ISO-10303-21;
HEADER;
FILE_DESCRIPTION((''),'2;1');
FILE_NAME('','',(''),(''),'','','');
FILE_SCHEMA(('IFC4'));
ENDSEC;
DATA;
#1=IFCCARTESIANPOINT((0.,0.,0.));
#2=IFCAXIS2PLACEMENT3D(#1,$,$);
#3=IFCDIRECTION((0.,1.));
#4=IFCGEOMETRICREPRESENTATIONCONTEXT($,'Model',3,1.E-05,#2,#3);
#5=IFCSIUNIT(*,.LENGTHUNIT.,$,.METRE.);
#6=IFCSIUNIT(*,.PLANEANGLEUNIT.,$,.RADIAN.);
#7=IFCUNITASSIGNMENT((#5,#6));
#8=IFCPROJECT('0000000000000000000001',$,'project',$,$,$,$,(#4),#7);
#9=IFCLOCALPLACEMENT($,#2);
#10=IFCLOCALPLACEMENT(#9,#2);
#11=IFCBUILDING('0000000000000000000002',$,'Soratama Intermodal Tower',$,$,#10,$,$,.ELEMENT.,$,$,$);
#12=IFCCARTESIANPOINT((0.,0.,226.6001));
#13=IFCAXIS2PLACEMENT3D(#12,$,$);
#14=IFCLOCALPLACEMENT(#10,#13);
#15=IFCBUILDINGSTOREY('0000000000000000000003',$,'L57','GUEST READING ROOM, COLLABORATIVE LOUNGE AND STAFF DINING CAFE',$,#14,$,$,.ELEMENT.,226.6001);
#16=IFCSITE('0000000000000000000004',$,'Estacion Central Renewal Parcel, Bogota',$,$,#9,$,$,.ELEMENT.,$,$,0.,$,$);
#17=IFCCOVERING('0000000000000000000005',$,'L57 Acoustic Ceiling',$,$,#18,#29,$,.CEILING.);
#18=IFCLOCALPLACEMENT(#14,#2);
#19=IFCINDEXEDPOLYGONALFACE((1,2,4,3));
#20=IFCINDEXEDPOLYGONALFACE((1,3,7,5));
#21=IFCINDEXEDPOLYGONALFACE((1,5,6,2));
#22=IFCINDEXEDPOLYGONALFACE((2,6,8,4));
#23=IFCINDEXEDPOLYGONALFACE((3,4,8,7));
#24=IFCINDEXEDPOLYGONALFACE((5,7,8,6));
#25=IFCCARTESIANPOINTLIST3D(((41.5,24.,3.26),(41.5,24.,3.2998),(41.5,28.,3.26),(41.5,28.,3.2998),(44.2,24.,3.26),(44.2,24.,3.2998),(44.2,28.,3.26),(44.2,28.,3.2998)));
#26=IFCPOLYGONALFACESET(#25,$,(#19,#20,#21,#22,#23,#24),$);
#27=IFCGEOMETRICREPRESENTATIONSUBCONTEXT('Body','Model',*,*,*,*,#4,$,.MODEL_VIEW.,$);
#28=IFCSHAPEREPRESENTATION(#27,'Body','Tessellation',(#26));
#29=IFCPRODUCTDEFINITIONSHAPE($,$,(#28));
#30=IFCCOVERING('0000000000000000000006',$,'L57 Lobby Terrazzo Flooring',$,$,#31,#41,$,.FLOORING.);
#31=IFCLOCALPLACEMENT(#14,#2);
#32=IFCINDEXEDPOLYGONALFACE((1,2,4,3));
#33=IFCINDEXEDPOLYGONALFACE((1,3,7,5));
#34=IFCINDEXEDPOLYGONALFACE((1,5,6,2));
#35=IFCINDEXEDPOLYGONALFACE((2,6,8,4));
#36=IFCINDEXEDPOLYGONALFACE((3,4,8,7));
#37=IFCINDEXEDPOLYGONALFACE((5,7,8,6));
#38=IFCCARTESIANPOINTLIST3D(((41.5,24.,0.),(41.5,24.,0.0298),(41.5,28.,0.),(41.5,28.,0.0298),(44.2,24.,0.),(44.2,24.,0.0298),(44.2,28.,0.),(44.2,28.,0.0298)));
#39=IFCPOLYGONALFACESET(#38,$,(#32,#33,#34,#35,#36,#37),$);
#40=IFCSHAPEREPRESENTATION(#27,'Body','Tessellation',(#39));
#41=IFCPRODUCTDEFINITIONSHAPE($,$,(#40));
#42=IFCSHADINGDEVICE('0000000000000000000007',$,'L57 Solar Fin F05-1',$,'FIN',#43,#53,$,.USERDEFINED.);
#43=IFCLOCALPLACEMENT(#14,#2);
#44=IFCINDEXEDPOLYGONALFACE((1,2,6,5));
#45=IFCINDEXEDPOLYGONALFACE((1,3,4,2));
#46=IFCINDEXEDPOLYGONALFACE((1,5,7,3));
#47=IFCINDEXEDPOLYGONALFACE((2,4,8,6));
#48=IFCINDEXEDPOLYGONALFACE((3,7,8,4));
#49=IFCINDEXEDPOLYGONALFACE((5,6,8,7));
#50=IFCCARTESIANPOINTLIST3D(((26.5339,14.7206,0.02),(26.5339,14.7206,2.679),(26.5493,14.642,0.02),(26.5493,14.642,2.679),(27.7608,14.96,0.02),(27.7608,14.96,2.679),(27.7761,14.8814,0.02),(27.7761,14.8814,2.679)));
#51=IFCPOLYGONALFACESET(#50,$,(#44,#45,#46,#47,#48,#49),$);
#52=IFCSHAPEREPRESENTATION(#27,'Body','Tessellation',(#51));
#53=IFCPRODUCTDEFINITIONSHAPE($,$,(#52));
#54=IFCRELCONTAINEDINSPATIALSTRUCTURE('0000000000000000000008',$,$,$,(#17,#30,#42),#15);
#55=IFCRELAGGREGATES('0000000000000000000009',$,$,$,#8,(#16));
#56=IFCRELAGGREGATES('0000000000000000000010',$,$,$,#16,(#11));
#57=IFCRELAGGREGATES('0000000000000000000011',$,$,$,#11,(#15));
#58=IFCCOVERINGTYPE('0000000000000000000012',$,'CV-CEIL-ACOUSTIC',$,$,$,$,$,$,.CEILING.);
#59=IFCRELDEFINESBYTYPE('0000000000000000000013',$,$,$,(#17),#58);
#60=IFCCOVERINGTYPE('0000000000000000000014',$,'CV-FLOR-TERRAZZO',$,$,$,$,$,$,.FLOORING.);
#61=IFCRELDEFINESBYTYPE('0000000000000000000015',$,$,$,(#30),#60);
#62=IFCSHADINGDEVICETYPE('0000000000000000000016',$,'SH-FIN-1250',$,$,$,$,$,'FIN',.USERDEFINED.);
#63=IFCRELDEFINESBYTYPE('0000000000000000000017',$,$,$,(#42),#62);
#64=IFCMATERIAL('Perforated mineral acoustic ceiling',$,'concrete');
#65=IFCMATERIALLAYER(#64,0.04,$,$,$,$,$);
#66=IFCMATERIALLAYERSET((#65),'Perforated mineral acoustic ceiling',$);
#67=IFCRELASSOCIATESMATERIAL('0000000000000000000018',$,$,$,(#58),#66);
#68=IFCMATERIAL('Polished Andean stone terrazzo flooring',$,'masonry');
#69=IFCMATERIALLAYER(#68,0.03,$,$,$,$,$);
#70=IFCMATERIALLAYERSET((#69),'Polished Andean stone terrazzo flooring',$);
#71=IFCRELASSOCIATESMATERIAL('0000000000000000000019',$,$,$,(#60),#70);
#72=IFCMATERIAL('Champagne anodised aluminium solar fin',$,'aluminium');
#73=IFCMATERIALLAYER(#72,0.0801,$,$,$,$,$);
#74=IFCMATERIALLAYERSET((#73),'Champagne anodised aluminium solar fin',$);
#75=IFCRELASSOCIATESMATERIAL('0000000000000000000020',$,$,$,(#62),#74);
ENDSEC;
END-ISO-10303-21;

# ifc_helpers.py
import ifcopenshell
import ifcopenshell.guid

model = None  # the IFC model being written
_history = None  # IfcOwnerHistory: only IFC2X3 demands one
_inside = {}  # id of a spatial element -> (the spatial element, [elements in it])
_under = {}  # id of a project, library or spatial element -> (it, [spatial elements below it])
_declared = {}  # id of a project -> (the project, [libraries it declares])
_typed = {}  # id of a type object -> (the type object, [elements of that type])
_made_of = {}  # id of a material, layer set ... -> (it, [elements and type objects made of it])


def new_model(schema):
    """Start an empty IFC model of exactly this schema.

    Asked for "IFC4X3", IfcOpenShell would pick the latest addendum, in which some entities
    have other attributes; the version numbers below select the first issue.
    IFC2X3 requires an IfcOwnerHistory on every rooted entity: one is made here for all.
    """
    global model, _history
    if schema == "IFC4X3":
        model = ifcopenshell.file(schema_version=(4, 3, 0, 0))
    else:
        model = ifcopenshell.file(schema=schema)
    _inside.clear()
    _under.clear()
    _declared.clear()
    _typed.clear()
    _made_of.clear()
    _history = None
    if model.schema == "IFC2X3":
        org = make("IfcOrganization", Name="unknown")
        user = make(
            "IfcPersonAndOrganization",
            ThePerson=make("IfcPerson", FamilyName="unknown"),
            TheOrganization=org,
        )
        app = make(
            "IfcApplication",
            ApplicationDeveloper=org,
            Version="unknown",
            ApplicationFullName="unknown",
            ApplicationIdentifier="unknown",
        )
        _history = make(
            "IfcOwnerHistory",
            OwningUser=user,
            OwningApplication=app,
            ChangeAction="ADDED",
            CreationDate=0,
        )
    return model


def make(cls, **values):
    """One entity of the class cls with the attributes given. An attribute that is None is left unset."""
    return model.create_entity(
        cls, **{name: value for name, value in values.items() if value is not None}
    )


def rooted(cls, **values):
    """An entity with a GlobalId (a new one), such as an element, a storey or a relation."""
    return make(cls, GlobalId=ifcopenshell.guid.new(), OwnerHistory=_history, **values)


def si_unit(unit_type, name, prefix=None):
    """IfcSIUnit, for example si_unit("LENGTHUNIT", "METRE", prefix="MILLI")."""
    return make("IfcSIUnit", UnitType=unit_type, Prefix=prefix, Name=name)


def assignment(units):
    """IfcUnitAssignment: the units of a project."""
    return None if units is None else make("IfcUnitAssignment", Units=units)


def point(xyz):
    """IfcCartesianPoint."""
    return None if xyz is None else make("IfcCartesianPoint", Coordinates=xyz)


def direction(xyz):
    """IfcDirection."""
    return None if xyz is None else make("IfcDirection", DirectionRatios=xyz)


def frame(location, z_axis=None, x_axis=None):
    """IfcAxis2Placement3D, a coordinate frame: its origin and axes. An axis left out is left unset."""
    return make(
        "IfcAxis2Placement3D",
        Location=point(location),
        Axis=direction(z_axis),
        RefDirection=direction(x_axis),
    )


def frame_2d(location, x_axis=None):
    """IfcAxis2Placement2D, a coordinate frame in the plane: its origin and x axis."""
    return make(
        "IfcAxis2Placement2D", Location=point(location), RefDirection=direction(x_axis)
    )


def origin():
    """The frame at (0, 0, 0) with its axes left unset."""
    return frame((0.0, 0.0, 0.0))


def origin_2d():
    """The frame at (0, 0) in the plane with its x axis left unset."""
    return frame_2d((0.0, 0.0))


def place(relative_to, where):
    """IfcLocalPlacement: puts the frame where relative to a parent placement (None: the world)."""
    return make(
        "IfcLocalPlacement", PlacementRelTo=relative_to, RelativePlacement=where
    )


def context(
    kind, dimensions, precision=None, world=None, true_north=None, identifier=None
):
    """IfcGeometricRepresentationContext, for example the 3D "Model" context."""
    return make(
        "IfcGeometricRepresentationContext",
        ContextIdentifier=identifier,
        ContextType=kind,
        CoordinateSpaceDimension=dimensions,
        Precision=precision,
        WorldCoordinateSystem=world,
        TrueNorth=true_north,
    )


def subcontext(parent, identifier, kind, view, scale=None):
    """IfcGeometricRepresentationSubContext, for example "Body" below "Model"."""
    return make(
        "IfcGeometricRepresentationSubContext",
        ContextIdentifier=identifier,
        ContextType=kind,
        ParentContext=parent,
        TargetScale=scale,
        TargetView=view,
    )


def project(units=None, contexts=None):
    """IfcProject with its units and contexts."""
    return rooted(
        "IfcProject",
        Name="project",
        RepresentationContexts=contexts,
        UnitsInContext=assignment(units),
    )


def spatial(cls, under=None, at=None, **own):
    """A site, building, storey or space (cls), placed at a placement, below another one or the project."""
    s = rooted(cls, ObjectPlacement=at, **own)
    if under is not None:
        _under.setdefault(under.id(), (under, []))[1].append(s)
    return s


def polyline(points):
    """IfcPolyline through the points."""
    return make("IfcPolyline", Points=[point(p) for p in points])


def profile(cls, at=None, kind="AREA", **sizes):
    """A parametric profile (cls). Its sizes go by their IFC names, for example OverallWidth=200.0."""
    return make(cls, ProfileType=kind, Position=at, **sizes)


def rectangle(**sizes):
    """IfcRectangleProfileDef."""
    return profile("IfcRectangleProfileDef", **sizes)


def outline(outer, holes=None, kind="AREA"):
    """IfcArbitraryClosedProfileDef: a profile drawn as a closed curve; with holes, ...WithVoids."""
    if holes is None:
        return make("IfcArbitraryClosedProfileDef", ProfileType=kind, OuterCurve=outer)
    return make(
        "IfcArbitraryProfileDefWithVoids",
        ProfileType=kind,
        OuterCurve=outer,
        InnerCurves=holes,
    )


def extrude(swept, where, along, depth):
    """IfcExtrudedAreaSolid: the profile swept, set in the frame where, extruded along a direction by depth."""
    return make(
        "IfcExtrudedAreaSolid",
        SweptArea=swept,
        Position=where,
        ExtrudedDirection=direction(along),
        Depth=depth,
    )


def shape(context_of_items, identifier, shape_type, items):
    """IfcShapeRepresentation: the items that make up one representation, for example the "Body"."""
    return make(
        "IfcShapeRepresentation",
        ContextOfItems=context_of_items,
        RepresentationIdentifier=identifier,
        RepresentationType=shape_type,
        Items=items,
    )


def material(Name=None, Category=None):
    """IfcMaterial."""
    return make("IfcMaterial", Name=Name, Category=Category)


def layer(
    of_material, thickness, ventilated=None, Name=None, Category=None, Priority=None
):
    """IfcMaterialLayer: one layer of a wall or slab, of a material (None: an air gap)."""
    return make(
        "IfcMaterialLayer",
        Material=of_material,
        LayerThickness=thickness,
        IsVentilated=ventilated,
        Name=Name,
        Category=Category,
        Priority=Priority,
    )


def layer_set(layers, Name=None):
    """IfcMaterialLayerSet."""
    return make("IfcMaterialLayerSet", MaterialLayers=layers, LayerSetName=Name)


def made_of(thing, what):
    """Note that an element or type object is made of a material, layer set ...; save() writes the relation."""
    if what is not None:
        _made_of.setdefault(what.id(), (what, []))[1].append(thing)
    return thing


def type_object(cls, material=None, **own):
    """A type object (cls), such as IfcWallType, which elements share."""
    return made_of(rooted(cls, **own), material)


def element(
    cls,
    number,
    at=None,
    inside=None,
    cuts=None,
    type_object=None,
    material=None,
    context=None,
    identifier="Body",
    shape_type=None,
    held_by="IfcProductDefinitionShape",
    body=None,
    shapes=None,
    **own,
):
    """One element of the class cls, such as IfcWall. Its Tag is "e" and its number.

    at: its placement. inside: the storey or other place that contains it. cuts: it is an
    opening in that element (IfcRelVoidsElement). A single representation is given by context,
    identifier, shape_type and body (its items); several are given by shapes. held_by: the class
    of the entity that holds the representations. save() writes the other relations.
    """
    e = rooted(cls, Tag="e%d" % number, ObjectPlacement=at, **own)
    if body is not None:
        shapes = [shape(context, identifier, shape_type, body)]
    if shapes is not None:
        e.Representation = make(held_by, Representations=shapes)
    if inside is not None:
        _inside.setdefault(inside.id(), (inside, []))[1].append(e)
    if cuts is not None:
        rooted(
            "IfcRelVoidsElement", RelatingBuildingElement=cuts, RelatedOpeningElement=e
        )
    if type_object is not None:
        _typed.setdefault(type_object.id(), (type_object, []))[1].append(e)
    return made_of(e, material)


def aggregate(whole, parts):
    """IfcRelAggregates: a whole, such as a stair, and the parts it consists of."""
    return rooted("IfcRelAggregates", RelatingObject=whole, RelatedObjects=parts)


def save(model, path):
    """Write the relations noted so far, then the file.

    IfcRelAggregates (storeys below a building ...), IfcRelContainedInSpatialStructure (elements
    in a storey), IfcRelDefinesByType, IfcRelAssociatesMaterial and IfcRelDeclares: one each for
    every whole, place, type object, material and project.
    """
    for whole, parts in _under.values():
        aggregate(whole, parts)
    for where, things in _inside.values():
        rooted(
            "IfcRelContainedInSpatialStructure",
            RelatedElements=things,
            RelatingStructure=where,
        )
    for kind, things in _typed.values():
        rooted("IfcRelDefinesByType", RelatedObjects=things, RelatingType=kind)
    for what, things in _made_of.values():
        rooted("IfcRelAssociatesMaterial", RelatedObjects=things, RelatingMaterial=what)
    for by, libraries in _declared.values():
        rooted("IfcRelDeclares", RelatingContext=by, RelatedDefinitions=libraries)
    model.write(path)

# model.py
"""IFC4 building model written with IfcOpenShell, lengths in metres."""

from ifc_helpers import new_model, si_unit, direction, frame, origin, origin_2d, place, context, subcontext, project, spatial, polyline, rectangle, outline, extrude, material, layer, layer_set, type_object, element, save


model = new_model("IFC4")

# Units and contexts
model_context = context("Model", 3, precision=1e-05, world=origin(), true_north=direction((0.0, 1.0)))
body_context = subcontext(model_context, "Body", "Model", "MODEL_VIEW")
ifc_project = project(units=[si_unit("LENGTHUNIT", "METRE"), si_unit("PLANEANGLEUNIT", "RADIAN")], contexts=[model_context])

# Site, building, storey
site_placement = place(None, origin())
site = spatial("IfcSite", under=ifc_project, at=site_placement, Name="Estacion Central Renewal Parcel, Bogota", CompositionType="ELEMENT", RefElevation=0.0)
building_placement = place(site_placement, origin())
building = spatial("IfcBuilding", under=site, at=building_placement, Name="Soratama Intermodal Tower", CompositionType="ELEMENT")
storey_placement = place(building_placement, frame((0.0, 0.0, 226.6001)))
storey = spatial("IfcBuildingStorey", under=building, at=storey_placement, Name="L57", Description="GUEST READING ROOM, COLLABORATIVE LOUNGE AND STAFF DINING CAFE", CompositionType="ELEMENT", Elevation=226.6001)

# Coverings
ifc_material_1 = material(Name="Perforated mineral acoustic ceiling", Category="concrete")
ifc_layer_1 = layer(ifc_material_1, 0.04)
ifc_layer_set_1 = layer_set([ifc_layer_1], Name="Perforated mineral acoustic ceiling")
covering_type_1 = type_object("IfcCoveringType", Name="CV-CEIL-ACOUSTIC", PredefinedType="CEILING", material=ifc_layer_set_1)
covering_1_placement = place(storey_placement, frame((0.0, 0.0, 3.26)))
element("IfcCovering", 1, at=covering_1_placement, inside=storey, type_object=covering_type_1, Name="L57 Acoustic Ceiling", PredefinedType="CEILING", context=body_context, shape_type="SweptSolid", body=[
    extrude(outline(polyline([(41.5, 24.0), (44.2, 24.0), (44.2, 28.0), (41.5, 28.0), (41.5, 24.0)])), origin(), (0.0, 0.0, 1.0), 0.0398),
])
ifc_material_2 = material(Name="Polished Andean stone terrazzo flooring", Category="masonry")
ifc_layer_2 = layer(ifc_material_2, 0.03)
ifc_layer_set_2 = layer_set([ifc_layer_2], Name="Polished Andean stone terrazzo flooring")
covering_type_2 = type_object("IfcCoveringType", Name="CV-FLOR-TERRAZZO", PredefinedType="FLOORING", material=ifc_layer_set_2)
covering_2_placement = place(storey_placement, origin())
element("IfcCovering", 2, at=covering_2_placement, inside=storey, type_object=covering_type_2, Name="L57 Lobby Terrazzo Flooring", PredefinedType="FLOORING", context=body_context, shape_type="SweptSolid", body=[
    extrude(outline(polyline([(41.5, 24.0), (44.2, 24.0), (44.2, 28.0), (41.5, 28.0), (41.5, 24.0)])), origin(), (0.0, 0.0, 1.0), 0.0298),
])

# Shading device
ifc_material_3 = material(Name="Champagne anodised aluminium solar fin", Category="aluminium")
ifc_layer_3 = layer(ifc_material_3, 0.0801)
ifc_layer_set_3 = layer_set([ifc_layer_3], Name="Champagne anodised aluminium solar fin")
shading_device_type = type_object("IfcShadingDeviceType", Name="SH-FIN-1250", ElementType="FIN", PredefinedType="USERDEFINED", material=ifc_layer_set_3)
shading_device_placement = place(storey_placement, frame((27.155, 14.801, 0.02), z_axis=(0.0, 0.0, 1.0), x_axis=(-0.981494, -0.191494, 0.0)))
element("IfcShadingDevice", 3, at=shading_device_placement, inside=storey, type_object=shading_device_type, Name="L57 Solar Fin F05-1", ObjectType="FIN", PredefinedType="USERDEFINED", context=body_context, shape_type="SweptSolid", body=[
    extrude(rectangle(XDim=1.25, YDim=0.0801, at=origin_2d()), origin(), (0.0, 0.0, 1.0), 2.6589),
])

save(model, "model.ifc")
